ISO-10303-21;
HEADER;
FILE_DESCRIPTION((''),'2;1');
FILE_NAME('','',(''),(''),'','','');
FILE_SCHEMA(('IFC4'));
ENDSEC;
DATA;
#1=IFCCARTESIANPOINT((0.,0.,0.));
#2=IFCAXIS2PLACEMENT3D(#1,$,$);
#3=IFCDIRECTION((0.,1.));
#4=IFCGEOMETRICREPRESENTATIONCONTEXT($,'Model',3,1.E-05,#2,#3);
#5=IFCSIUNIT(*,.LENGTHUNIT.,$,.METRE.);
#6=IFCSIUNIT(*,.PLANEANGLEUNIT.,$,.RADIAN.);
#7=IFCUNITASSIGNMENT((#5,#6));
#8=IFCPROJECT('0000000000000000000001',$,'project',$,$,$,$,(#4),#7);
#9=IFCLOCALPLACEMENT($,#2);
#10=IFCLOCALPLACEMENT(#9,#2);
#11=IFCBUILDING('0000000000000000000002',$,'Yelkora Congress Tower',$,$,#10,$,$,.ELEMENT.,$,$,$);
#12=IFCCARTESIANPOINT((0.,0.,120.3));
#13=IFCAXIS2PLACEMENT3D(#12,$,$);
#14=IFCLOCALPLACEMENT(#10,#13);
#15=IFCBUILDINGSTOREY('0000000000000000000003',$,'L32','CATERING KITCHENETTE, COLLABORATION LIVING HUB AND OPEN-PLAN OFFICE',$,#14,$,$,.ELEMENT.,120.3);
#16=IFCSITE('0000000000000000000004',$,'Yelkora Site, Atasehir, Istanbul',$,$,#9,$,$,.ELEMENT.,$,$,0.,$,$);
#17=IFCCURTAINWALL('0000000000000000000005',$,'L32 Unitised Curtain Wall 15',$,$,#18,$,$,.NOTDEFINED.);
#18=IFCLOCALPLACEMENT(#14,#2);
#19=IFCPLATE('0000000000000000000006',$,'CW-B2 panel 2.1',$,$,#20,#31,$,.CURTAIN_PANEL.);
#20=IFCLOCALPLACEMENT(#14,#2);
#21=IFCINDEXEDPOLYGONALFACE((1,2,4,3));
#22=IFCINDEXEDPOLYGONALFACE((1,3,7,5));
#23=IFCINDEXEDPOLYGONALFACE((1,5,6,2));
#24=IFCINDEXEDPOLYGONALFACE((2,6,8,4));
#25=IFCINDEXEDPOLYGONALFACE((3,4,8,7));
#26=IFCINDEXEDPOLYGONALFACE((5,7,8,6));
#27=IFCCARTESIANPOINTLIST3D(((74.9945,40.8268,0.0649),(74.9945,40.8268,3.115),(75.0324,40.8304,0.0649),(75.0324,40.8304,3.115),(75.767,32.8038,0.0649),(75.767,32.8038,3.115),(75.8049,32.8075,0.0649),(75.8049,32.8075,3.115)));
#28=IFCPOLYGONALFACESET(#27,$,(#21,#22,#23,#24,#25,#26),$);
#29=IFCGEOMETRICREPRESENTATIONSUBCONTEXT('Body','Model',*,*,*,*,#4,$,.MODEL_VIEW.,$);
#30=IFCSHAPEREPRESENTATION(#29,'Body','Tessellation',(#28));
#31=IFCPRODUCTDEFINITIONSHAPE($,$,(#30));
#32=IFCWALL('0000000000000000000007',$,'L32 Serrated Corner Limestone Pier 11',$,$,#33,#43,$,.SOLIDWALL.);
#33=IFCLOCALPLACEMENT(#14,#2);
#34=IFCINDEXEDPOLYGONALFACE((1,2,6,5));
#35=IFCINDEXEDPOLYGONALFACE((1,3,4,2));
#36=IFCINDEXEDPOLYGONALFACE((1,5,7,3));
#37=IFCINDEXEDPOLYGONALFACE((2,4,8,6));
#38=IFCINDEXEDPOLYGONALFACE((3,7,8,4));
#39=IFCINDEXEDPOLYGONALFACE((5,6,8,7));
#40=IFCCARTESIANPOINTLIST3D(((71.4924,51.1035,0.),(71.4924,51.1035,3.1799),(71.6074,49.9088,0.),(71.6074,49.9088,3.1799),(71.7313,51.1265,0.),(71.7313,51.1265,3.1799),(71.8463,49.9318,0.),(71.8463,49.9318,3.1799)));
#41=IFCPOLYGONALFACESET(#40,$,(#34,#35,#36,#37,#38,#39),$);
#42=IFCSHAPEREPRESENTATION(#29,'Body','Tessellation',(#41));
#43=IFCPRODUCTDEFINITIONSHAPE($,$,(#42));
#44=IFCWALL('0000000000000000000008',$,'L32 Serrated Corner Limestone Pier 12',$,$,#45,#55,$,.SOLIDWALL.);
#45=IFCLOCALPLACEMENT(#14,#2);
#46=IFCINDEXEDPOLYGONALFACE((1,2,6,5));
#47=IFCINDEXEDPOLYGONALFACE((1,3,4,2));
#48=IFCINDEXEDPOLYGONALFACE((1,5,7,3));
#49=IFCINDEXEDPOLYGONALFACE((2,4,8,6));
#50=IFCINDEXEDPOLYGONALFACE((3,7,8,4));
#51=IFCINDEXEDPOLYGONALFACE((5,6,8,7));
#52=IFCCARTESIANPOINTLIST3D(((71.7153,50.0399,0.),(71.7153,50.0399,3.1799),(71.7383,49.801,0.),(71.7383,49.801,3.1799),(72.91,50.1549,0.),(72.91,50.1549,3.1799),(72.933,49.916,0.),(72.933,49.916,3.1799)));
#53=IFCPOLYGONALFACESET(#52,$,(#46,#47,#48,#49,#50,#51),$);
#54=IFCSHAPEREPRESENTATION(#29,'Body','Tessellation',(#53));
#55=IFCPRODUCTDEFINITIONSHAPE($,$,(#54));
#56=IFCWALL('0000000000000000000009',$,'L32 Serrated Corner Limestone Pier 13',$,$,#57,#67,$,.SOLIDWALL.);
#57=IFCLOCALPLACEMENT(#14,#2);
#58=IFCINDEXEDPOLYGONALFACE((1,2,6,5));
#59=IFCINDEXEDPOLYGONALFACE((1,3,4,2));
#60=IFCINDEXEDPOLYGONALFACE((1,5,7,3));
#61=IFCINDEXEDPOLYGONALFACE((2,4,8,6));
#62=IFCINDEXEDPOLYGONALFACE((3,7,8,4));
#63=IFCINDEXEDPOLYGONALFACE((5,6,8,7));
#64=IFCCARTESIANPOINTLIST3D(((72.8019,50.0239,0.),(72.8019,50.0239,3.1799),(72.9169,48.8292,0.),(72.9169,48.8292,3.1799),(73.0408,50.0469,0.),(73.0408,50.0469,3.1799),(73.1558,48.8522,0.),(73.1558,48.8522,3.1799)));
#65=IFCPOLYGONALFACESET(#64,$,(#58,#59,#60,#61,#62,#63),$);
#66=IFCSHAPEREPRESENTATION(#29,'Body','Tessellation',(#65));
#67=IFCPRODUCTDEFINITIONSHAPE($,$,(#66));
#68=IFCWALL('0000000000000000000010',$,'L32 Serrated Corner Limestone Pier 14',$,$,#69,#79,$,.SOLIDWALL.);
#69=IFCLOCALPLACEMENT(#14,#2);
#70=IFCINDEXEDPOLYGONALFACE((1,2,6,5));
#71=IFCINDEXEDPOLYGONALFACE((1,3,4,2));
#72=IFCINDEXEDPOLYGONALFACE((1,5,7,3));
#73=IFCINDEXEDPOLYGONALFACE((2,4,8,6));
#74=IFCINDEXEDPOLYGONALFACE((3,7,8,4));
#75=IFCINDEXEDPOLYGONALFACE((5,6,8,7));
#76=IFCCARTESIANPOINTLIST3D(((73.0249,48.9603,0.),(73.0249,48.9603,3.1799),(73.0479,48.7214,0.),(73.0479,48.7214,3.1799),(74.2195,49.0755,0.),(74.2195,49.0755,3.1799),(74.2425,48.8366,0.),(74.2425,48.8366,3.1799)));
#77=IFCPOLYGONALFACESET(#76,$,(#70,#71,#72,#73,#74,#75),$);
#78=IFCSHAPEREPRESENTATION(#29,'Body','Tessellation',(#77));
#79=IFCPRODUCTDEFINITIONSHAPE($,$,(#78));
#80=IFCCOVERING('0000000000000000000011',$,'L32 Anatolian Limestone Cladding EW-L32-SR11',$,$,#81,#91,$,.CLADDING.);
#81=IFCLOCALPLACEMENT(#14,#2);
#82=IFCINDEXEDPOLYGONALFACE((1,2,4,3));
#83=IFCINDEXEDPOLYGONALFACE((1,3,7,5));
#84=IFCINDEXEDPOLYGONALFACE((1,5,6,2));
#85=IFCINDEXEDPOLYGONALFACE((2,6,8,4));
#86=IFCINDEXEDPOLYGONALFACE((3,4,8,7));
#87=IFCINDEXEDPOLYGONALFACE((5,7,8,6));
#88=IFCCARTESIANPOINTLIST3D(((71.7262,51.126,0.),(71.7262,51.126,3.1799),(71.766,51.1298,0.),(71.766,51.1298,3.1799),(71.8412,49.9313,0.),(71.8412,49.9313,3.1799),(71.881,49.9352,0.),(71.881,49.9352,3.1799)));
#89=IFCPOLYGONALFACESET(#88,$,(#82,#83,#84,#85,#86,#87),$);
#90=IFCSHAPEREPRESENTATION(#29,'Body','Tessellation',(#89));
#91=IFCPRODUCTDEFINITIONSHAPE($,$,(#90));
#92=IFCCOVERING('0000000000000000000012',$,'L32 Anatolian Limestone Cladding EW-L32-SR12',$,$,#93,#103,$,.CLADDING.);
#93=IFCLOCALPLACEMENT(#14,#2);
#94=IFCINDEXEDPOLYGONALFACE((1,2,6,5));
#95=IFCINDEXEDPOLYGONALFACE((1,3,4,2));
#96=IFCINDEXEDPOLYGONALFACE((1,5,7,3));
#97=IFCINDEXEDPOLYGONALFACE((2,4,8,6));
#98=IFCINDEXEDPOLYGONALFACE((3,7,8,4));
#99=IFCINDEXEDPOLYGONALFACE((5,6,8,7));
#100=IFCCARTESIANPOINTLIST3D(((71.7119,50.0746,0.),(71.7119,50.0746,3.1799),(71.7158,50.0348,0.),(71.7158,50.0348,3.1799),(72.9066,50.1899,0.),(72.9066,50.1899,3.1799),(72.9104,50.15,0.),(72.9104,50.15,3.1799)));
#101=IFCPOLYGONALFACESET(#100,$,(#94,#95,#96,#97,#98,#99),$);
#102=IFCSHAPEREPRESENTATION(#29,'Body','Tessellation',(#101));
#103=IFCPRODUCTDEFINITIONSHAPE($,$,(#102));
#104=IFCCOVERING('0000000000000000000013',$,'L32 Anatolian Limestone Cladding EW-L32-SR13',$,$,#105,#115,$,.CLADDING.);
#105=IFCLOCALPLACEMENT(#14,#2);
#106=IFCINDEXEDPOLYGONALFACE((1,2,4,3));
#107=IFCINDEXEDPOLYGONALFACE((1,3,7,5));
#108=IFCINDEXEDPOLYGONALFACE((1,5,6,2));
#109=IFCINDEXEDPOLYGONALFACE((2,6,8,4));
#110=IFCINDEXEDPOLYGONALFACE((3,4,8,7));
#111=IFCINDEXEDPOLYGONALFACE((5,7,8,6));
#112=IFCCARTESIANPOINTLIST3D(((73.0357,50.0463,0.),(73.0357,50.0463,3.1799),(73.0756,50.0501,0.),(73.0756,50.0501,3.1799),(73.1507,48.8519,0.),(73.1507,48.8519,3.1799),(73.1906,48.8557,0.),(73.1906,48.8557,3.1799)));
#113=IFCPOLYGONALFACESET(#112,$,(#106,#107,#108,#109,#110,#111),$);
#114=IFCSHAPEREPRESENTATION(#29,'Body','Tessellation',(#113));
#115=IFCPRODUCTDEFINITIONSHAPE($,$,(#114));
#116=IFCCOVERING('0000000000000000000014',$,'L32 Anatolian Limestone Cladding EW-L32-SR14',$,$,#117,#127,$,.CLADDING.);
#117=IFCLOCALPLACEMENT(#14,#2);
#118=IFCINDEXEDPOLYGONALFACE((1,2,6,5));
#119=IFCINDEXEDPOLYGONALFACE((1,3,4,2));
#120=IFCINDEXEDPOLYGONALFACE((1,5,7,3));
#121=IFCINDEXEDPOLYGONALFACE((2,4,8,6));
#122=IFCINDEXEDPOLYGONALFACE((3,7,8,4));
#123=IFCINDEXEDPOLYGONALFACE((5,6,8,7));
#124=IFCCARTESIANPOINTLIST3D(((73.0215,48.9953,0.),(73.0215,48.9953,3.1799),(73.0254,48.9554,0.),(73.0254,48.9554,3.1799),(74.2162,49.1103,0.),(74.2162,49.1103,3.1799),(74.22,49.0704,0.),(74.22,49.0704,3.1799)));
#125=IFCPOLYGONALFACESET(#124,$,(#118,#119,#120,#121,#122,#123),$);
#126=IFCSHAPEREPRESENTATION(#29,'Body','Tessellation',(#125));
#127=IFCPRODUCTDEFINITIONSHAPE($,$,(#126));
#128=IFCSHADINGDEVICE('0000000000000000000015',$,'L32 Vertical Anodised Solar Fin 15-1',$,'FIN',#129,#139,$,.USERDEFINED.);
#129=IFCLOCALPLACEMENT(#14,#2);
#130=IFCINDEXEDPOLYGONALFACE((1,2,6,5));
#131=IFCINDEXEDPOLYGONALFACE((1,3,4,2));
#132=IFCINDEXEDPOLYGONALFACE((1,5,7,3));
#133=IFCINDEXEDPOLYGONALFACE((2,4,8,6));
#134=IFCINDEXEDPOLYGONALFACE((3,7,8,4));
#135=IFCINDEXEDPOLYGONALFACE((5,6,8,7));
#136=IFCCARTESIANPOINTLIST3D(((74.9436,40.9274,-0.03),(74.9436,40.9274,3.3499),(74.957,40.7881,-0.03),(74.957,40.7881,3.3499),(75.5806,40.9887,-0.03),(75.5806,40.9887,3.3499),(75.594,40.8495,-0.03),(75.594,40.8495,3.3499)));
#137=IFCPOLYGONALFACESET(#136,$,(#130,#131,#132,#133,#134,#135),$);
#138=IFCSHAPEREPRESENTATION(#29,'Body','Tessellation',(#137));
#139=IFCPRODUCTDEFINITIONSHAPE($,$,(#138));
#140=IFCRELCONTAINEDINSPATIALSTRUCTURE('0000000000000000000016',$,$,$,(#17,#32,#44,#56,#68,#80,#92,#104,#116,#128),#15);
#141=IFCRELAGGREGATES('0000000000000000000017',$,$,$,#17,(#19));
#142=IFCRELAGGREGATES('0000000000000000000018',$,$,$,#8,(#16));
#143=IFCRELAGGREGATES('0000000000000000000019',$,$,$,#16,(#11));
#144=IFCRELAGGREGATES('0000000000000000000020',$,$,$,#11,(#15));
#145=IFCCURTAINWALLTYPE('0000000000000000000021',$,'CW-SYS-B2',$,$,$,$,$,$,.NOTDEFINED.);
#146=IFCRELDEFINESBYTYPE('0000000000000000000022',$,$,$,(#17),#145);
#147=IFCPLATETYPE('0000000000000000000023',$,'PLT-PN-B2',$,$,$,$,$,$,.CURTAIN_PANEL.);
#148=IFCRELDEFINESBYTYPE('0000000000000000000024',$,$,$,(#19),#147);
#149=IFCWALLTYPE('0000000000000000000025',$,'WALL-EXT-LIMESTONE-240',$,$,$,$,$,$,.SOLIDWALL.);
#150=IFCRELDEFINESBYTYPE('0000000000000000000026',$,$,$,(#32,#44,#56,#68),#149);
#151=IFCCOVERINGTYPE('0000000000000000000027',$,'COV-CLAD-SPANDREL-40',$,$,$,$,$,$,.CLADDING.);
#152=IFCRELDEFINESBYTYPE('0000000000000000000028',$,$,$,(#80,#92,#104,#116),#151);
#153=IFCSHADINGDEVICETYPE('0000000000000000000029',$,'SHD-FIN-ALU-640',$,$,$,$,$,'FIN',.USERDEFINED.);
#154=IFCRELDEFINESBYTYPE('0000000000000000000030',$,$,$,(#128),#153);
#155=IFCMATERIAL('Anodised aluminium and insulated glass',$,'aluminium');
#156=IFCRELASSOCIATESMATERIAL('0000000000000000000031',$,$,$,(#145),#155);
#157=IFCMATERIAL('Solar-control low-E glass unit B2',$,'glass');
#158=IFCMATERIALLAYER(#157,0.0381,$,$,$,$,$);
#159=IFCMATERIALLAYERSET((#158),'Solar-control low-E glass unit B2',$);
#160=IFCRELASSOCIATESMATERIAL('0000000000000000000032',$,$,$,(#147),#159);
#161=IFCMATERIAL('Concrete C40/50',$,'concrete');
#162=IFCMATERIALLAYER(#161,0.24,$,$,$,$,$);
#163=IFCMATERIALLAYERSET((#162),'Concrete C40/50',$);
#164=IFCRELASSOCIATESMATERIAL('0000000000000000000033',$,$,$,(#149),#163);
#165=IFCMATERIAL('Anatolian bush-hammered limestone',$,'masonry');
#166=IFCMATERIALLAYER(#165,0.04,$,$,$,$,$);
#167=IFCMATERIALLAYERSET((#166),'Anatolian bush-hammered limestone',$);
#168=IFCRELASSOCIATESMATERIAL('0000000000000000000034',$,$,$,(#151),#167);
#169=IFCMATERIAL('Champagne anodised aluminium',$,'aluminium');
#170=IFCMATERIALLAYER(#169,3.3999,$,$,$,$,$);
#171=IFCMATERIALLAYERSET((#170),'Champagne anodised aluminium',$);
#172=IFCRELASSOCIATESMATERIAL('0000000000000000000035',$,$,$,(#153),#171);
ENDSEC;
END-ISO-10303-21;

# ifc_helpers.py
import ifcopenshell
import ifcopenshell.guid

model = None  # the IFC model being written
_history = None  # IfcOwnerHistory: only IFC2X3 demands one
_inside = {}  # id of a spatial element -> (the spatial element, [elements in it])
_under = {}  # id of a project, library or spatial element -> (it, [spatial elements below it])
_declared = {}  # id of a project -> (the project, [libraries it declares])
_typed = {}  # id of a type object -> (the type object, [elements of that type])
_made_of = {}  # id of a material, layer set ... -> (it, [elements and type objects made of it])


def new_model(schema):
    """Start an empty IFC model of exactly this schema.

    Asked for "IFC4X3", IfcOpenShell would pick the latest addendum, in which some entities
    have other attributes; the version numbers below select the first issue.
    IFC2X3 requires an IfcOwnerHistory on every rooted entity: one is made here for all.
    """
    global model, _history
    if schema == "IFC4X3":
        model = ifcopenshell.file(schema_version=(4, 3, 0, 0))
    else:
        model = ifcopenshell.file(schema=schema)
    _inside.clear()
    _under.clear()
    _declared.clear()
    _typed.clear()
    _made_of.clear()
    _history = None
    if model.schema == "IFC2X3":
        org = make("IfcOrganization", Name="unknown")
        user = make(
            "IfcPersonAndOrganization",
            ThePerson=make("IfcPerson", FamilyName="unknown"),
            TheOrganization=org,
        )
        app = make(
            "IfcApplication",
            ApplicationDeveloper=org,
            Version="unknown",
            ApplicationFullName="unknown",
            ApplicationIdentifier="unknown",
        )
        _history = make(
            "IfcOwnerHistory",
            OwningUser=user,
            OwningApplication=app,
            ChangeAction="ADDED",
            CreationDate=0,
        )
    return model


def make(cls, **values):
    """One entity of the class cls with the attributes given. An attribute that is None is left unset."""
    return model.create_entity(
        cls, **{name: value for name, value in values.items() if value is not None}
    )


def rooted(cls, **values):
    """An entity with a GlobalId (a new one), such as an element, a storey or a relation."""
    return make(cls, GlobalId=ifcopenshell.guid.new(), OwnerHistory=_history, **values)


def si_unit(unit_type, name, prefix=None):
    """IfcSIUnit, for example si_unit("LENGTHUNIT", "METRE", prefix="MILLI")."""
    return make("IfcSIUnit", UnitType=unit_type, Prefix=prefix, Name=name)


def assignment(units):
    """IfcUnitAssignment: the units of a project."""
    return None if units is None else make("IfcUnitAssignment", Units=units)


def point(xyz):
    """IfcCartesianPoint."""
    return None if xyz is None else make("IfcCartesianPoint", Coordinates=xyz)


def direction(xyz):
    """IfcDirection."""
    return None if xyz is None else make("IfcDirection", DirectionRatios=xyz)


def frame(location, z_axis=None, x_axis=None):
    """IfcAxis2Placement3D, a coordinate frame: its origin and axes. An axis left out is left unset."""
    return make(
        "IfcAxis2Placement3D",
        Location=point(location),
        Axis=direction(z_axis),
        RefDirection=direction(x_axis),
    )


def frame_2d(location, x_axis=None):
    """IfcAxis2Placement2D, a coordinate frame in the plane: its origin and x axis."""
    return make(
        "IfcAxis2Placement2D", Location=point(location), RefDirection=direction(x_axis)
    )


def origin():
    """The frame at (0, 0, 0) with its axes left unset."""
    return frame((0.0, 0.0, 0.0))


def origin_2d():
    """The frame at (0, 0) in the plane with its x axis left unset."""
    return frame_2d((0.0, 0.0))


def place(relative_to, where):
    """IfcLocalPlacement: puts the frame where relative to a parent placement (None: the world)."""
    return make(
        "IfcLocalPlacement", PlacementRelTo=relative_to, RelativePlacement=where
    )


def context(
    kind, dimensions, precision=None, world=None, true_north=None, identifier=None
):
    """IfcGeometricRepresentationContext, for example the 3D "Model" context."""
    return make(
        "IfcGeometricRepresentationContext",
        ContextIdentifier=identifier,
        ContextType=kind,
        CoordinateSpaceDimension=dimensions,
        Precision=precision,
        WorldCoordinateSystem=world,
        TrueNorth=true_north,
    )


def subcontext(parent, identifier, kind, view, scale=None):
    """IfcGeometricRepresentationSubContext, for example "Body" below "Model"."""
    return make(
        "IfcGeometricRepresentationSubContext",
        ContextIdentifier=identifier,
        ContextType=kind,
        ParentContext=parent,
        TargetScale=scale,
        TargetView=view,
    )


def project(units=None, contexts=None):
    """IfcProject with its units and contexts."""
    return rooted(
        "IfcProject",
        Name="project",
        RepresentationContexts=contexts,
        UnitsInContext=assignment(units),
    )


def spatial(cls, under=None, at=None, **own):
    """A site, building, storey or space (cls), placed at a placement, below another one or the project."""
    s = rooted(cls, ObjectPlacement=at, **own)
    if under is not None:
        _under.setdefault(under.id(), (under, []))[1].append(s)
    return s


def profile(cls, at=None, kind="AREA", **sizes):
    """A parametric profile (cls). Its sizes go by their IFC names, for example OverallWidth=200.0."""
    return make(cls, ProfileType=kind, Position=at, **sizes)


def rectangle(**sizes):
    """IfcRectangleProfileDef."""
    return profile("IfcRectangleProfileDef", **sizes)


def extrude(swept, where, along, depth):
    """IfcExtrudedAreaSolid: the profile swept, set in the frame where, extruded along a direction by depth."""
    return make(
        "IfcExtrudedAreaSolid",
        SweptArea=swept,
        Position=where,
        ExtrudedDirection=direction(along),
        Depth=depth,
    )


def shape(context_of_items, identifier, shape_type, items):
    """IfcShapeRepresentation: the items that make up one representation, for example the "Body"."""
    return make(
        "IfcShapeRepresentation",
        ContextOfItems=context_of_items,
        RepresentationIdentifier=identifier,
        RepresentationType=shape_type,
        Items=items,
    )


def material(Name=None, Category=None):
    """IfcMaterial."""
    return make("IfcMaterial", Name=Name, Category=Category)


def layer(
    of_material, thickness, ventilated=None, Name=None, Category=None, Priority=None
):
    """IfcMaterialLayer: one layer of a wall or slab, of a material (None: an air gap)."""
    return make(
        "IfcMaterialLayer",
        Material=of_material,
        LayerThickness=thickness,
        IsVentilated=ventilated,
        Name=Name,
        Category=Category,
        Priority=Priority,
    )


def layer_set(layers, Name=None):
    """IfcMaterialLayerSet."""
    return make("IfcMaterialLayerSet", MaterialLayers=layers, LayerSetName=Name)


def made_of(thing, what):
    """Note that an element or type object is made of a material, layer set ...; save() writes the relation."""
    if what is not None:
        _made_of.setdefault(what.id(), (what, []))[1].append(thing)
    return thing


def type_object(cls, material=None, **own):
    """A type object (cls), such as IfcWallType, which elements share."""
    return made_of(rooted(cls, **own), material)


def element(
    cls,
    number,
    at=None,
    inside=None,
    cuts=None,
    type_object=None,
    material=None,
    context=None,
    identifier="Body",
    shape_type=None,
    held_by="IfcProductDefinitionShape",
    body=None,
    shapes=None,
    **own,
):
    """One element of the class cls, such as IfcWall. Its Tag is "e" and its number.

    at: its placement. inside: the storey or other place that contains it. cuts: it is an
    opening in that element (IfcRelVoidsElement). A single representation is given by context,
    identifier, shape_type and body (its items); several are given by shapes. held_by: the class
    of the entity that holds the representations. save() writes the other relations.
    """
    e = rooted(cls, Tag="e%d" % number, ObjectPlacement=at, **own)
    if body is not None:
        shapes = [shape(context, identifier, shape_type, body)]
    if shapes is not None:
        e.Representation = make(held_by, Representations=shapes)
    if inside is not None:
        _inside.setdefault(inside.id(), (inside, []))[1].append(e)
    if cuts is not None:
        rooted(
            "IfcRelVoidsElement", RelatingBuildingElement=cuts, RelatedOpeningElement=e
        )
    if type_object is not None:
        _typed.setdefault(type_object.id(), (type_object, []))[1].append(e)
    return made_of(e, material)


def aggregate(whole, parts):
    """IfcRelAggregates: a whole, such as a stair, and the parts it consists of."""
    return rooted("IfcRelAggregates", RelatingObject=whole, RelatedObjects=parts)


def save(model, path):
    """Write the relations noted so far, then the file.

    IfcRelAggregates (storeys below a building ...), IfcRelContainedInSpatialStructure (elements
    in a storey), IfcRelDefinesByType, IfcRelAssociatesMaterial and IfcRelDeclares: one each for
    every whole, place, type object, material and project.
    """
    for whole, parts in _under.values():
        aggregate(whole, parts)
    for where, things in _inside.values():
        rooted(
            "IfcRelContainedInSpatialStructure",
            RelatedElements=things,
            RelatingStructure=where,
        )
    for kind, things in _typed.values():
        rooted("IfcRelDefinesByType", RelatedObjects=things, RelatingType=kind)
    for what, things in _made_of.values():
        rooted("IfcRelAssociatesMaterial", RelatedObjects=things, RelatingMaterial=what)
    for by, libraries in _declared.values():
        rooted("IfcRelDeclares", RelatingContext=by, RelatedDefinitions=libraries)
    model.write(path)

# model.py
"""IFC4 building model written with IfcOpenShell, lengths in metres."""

from ifc_helpers import new_model, si_unit, direction, frame, frame_2d, origin, origin_2d, place, context, subcontext, project, spatial, rectangle, extrude, material, layer, layer_set, type_object, element, aggregate, save


model = new_model("IFC4")

# Units and contexts
model_context = context("Model", 3, precision=1e-05, world=origin(), true_north=direction((0.0, 1.0)))
body_context = subcontext(model_context, "Body", "Model", "MODEL_VIEW")
ifc_project = project(units=[si_unit("LENGTHUNIT", "METRE"), si_unit("PLANEANGLEUNIT", "RADIAN")], contexts=[model_context])

# Site, building, storey
site_placement = place(None, origin())
site = spatial("IfcSite", under=ifc_project, at=site_placement, Name="Yelkora Site, Atasehir, Istanbul", CompositionType="ELEMENT", RefElevation=0.0)
building_placement = place(site_placement, origin())
building = spatial("IfcBuilding", under=site, at=building_placement, Name="Yelkora Congress Tower", CompositionType="ELEMENT")
storey_placement = place(building_placement, frame((0.0, 0.0, 120.3)))
storey = spatial("IfcBuildingStorey", under=building, at=storey_placement, Name="L32", Description="CATERING KITCHENETTE, COLLABORATION LIVING HUB AND OPEN-PLAN OFFICE", CompositionType="ELEMENT", Elevation=120.3)

# Shared definitions
ifc_material_1 = material(Name="Anodised aluminium and insulated glass", Category="aluminium")
curtain_wall_type = type_object("IfcCurtainWallType", Name="CW-SYS-B2", PredefinedType="NOTDEFINED", material=ifc_material_1)

# Curtain wall, plate
curtain_wall_1_placement = place(storey_placement, origin())
curtain_wall_1 = element("IfcCurtainWall", 1, at=curtain_wall_1_placement, inside=storey, type_object=curtain_wall_type, Name="L32 Unitised Curtain Wall 15", PredefinedType="NOTDEFINED")
ifc_material_2 = material(Name="Solar-control low-E glass unit B2", Category="glass")
ifc_layer_1 = layer(ifc_material_2, 0.0381)
ifc_layer_set_1 = layer_set([ifc_layer_1], Name="Solar-control low-E glass unit B2")
plate_type = type_object("IfcPlateType", Name="PLT-PN-B2", PredefinedType="CURTAIN_PANEL", material=ifc_layer_set_1)
plate_1_placement = place(storey_placement, frame((75.3997, 36.8171, 0.0649), z_axis=(0.0, 0.0, 1.0), x_axis=(0.095843, -0.995397, 0.0)))
plate_1 = element("IfcPlate", 2, at=plate_1_placement, type_object=plate_type, Name="CW-B2 panel 2.1", PredefinedType="CURTAIN_PANEL", context=body_context, shape_type="SweptSolid", body=[
    extrude(rectangle(XDim=8.0601, YDim=0.0381, at=origin_2d()), origin(), (0.0, 0.0, 1.0), 3.05),
])
aggregate(curtain_wall_1, [plate_1])

# Walls
ifc_material_3 = material(Name="Concrete C40/50", Category="concrete")
ifc_layer_2 = layer(ifc_material_3, 0.24)
ifc_layer_set_2 = layer_set([ifc_layer_2], Name="Concrete C40/50")
wall_type = type_object("IfcWallType", Name="WALL-EXT-LIMESTONE-240", PredefinedType="SOLIDWALL", material=ifc_layer_set_2)
for number, where, z_axis, x_axis, name in (
    (3, (71.6118, 51.115, 0.0), (0.0, 0.0, 1.0), (0.095817, -0.995399, 0.0), "L32 Serrated Corner Limestone Pier 11"),
    (4, (71.7268, 49.9204, 0.0), (0.0, 0.0, 1.0), (0.995399, 0.095817, 0.0), "L32 Serrated Corner Limestone Pier 12"),
    (5, (72.9214, 50.0354, 0.0), (0.0, 0.0, 1.0), (0.095817, -0.995399, 0.0), "L32 Serrated Corner Limestone Pier 13"),
    (6, (73.0364, 48.8408, 0.0), (0.0, 0.0, 1.0), (0.99538, 0.096019, 0.0), "L32 Serrated Corner Limestone Pier 14"),
):
    element("IfcWall", number, at=place(storey_placement, frame(where, z_axis=z_axis, x_axis=x_axis)), inside=storey, type_object=wall_type, Name=name, PredefinedType="SOLIDWALL", context=body_context, shape_type="SweptSolid", body=[
        extrude(rectangle(XDim=1.2002, YDim=0.24, at=frame_2d((0.6001, 0.0))), origin(), (0.0, 0.0, 1.0), 3.1799),
    ])

# Coverings
ifc_material_4 = material(Name="Anatolian bush-hammered limestone", Category="masonry")
ifc_layer_3 = layer(ifc_material_4, 0.04)
ifc_layer_set_3 = layer_set([ifc_layer_3], Name="Anatolian bush-hammered limestone")
covering_type = type_object("IfcCoveringType", Name="COV-CLAD-SPANDREL-40", PredefinedType="CLADDING", material=ifc_layer_set_3)
for number, where, z_axis, x_axis, name in (
    (7, (71.7461, 51.1279, 0.0), (0.0, 0.0, 1.0), (0.095817, -0.995399, 0.0), "L32 Anatolian Limestone Cladding EW-L32-SR11"),
    (8, (71.7139, 50.0547, 0.0), (0.0, 0.0, 1.0), (0.99538, 0.096019, 0.0), "L32 Anatolian Limestone Cladding EW-L32-SR12"),
):
    element("IfcCovering", number, at=place(storey_placement, frame(where, z_axis=z_axis, x_axis=x_axis)), inside=storey, type_object=covering_type, Name=name, PredefinedType="CLADDING", context=body_context, shape_type="SweptSolid", body=[
        extrude(rectangle(XDim=1.2002, YDim=0.04, at=frame_2d((0.6001, 0.0))), origin(), (0.0, 0.0, 1.0), 3.1799),
    ])
covering_1_placement = place(storey_placement, frame((73.0557, 50.0483, 0.0), z_axis=(0.0, 0.0, 1.0), x_axis=(0.095836, -0.995397, 0.0)))
element("IfcCovering", 9, at=covering_1_placement, inside=storey, type_object=covering_type, Name="L32 Anatolian Limestone Cladding EW-L32-SR13", PredefinedType="CLADDING", context=body_context, shape_type="SweptSolid", body=[
    extrude(rectangle(XDim=1.2, YDim=0.04, at=frame_2d((0.6001, 0.0))), origin(), (0.0, 0.0, 1.0), 3.1799),
])
covering_2_placement = place(storey_placement, frame((73.0234, 48.9753, 0.0), z_axis=(0.0, 0.0, 1.0), x_axis=(0.995399, 0.095817, 0.0)))
element("IfcCovering", 10, at=covering_2_placement, inside=storey, type_object=covering_type, Name="L32 Anatolian Limestone Cladding EW-L32-SR14", PredefinedType="CLADDING", context=body_context, shape_type="SweptSolid", body=[
    extrude(rectangle(XDim=1.2002, YDim=0.04, at=frame_2d((0.6001, 0.0))), origin(), (0.0, 0.0, 1.0), 3.1799),
])

# Shading device
ifc_material_5 = material(Name="Champagne anodised aluminium", Category="aluminium")
ifc_layer_4 = layer(ifc_material_5, 3.3999)
ifc_layer_set_4 = layer_set([ifc_layer_4], Name="Champagne anodised aluminium")
shading_device_type = type_object("IfcShadingDeviceType", Name="SHD-FIN-ALU-640", ElementType="FIN", PredefinedType="USERDEFINED", material=ifc_layer_set_4)
shading_device_placement = place(storey_placement, frame((75.2688, 40.8884, -0.03), z_axis=(0.0, 0.0, 1.0), x_axis=(0.095846, -0.995396, 0.0)))
element("IfcShadingDevice", 11, at=shading_device_placement, inside=storey, type_object=shading_device_type, Name="L32 Vertical Anodised Solar Fin 15-1", ObjectType="FIN", PredefinedType="USERDEFINED", context=body_context, shape_type="SweptSolid", body=[
    extrude(rectangle(XDim=0.1399, YDim=0.6399, at=origin_2d()), origin(), (0.0, 0.0, 1.0), 3.3799),
])

save(model, "model.ifc")
